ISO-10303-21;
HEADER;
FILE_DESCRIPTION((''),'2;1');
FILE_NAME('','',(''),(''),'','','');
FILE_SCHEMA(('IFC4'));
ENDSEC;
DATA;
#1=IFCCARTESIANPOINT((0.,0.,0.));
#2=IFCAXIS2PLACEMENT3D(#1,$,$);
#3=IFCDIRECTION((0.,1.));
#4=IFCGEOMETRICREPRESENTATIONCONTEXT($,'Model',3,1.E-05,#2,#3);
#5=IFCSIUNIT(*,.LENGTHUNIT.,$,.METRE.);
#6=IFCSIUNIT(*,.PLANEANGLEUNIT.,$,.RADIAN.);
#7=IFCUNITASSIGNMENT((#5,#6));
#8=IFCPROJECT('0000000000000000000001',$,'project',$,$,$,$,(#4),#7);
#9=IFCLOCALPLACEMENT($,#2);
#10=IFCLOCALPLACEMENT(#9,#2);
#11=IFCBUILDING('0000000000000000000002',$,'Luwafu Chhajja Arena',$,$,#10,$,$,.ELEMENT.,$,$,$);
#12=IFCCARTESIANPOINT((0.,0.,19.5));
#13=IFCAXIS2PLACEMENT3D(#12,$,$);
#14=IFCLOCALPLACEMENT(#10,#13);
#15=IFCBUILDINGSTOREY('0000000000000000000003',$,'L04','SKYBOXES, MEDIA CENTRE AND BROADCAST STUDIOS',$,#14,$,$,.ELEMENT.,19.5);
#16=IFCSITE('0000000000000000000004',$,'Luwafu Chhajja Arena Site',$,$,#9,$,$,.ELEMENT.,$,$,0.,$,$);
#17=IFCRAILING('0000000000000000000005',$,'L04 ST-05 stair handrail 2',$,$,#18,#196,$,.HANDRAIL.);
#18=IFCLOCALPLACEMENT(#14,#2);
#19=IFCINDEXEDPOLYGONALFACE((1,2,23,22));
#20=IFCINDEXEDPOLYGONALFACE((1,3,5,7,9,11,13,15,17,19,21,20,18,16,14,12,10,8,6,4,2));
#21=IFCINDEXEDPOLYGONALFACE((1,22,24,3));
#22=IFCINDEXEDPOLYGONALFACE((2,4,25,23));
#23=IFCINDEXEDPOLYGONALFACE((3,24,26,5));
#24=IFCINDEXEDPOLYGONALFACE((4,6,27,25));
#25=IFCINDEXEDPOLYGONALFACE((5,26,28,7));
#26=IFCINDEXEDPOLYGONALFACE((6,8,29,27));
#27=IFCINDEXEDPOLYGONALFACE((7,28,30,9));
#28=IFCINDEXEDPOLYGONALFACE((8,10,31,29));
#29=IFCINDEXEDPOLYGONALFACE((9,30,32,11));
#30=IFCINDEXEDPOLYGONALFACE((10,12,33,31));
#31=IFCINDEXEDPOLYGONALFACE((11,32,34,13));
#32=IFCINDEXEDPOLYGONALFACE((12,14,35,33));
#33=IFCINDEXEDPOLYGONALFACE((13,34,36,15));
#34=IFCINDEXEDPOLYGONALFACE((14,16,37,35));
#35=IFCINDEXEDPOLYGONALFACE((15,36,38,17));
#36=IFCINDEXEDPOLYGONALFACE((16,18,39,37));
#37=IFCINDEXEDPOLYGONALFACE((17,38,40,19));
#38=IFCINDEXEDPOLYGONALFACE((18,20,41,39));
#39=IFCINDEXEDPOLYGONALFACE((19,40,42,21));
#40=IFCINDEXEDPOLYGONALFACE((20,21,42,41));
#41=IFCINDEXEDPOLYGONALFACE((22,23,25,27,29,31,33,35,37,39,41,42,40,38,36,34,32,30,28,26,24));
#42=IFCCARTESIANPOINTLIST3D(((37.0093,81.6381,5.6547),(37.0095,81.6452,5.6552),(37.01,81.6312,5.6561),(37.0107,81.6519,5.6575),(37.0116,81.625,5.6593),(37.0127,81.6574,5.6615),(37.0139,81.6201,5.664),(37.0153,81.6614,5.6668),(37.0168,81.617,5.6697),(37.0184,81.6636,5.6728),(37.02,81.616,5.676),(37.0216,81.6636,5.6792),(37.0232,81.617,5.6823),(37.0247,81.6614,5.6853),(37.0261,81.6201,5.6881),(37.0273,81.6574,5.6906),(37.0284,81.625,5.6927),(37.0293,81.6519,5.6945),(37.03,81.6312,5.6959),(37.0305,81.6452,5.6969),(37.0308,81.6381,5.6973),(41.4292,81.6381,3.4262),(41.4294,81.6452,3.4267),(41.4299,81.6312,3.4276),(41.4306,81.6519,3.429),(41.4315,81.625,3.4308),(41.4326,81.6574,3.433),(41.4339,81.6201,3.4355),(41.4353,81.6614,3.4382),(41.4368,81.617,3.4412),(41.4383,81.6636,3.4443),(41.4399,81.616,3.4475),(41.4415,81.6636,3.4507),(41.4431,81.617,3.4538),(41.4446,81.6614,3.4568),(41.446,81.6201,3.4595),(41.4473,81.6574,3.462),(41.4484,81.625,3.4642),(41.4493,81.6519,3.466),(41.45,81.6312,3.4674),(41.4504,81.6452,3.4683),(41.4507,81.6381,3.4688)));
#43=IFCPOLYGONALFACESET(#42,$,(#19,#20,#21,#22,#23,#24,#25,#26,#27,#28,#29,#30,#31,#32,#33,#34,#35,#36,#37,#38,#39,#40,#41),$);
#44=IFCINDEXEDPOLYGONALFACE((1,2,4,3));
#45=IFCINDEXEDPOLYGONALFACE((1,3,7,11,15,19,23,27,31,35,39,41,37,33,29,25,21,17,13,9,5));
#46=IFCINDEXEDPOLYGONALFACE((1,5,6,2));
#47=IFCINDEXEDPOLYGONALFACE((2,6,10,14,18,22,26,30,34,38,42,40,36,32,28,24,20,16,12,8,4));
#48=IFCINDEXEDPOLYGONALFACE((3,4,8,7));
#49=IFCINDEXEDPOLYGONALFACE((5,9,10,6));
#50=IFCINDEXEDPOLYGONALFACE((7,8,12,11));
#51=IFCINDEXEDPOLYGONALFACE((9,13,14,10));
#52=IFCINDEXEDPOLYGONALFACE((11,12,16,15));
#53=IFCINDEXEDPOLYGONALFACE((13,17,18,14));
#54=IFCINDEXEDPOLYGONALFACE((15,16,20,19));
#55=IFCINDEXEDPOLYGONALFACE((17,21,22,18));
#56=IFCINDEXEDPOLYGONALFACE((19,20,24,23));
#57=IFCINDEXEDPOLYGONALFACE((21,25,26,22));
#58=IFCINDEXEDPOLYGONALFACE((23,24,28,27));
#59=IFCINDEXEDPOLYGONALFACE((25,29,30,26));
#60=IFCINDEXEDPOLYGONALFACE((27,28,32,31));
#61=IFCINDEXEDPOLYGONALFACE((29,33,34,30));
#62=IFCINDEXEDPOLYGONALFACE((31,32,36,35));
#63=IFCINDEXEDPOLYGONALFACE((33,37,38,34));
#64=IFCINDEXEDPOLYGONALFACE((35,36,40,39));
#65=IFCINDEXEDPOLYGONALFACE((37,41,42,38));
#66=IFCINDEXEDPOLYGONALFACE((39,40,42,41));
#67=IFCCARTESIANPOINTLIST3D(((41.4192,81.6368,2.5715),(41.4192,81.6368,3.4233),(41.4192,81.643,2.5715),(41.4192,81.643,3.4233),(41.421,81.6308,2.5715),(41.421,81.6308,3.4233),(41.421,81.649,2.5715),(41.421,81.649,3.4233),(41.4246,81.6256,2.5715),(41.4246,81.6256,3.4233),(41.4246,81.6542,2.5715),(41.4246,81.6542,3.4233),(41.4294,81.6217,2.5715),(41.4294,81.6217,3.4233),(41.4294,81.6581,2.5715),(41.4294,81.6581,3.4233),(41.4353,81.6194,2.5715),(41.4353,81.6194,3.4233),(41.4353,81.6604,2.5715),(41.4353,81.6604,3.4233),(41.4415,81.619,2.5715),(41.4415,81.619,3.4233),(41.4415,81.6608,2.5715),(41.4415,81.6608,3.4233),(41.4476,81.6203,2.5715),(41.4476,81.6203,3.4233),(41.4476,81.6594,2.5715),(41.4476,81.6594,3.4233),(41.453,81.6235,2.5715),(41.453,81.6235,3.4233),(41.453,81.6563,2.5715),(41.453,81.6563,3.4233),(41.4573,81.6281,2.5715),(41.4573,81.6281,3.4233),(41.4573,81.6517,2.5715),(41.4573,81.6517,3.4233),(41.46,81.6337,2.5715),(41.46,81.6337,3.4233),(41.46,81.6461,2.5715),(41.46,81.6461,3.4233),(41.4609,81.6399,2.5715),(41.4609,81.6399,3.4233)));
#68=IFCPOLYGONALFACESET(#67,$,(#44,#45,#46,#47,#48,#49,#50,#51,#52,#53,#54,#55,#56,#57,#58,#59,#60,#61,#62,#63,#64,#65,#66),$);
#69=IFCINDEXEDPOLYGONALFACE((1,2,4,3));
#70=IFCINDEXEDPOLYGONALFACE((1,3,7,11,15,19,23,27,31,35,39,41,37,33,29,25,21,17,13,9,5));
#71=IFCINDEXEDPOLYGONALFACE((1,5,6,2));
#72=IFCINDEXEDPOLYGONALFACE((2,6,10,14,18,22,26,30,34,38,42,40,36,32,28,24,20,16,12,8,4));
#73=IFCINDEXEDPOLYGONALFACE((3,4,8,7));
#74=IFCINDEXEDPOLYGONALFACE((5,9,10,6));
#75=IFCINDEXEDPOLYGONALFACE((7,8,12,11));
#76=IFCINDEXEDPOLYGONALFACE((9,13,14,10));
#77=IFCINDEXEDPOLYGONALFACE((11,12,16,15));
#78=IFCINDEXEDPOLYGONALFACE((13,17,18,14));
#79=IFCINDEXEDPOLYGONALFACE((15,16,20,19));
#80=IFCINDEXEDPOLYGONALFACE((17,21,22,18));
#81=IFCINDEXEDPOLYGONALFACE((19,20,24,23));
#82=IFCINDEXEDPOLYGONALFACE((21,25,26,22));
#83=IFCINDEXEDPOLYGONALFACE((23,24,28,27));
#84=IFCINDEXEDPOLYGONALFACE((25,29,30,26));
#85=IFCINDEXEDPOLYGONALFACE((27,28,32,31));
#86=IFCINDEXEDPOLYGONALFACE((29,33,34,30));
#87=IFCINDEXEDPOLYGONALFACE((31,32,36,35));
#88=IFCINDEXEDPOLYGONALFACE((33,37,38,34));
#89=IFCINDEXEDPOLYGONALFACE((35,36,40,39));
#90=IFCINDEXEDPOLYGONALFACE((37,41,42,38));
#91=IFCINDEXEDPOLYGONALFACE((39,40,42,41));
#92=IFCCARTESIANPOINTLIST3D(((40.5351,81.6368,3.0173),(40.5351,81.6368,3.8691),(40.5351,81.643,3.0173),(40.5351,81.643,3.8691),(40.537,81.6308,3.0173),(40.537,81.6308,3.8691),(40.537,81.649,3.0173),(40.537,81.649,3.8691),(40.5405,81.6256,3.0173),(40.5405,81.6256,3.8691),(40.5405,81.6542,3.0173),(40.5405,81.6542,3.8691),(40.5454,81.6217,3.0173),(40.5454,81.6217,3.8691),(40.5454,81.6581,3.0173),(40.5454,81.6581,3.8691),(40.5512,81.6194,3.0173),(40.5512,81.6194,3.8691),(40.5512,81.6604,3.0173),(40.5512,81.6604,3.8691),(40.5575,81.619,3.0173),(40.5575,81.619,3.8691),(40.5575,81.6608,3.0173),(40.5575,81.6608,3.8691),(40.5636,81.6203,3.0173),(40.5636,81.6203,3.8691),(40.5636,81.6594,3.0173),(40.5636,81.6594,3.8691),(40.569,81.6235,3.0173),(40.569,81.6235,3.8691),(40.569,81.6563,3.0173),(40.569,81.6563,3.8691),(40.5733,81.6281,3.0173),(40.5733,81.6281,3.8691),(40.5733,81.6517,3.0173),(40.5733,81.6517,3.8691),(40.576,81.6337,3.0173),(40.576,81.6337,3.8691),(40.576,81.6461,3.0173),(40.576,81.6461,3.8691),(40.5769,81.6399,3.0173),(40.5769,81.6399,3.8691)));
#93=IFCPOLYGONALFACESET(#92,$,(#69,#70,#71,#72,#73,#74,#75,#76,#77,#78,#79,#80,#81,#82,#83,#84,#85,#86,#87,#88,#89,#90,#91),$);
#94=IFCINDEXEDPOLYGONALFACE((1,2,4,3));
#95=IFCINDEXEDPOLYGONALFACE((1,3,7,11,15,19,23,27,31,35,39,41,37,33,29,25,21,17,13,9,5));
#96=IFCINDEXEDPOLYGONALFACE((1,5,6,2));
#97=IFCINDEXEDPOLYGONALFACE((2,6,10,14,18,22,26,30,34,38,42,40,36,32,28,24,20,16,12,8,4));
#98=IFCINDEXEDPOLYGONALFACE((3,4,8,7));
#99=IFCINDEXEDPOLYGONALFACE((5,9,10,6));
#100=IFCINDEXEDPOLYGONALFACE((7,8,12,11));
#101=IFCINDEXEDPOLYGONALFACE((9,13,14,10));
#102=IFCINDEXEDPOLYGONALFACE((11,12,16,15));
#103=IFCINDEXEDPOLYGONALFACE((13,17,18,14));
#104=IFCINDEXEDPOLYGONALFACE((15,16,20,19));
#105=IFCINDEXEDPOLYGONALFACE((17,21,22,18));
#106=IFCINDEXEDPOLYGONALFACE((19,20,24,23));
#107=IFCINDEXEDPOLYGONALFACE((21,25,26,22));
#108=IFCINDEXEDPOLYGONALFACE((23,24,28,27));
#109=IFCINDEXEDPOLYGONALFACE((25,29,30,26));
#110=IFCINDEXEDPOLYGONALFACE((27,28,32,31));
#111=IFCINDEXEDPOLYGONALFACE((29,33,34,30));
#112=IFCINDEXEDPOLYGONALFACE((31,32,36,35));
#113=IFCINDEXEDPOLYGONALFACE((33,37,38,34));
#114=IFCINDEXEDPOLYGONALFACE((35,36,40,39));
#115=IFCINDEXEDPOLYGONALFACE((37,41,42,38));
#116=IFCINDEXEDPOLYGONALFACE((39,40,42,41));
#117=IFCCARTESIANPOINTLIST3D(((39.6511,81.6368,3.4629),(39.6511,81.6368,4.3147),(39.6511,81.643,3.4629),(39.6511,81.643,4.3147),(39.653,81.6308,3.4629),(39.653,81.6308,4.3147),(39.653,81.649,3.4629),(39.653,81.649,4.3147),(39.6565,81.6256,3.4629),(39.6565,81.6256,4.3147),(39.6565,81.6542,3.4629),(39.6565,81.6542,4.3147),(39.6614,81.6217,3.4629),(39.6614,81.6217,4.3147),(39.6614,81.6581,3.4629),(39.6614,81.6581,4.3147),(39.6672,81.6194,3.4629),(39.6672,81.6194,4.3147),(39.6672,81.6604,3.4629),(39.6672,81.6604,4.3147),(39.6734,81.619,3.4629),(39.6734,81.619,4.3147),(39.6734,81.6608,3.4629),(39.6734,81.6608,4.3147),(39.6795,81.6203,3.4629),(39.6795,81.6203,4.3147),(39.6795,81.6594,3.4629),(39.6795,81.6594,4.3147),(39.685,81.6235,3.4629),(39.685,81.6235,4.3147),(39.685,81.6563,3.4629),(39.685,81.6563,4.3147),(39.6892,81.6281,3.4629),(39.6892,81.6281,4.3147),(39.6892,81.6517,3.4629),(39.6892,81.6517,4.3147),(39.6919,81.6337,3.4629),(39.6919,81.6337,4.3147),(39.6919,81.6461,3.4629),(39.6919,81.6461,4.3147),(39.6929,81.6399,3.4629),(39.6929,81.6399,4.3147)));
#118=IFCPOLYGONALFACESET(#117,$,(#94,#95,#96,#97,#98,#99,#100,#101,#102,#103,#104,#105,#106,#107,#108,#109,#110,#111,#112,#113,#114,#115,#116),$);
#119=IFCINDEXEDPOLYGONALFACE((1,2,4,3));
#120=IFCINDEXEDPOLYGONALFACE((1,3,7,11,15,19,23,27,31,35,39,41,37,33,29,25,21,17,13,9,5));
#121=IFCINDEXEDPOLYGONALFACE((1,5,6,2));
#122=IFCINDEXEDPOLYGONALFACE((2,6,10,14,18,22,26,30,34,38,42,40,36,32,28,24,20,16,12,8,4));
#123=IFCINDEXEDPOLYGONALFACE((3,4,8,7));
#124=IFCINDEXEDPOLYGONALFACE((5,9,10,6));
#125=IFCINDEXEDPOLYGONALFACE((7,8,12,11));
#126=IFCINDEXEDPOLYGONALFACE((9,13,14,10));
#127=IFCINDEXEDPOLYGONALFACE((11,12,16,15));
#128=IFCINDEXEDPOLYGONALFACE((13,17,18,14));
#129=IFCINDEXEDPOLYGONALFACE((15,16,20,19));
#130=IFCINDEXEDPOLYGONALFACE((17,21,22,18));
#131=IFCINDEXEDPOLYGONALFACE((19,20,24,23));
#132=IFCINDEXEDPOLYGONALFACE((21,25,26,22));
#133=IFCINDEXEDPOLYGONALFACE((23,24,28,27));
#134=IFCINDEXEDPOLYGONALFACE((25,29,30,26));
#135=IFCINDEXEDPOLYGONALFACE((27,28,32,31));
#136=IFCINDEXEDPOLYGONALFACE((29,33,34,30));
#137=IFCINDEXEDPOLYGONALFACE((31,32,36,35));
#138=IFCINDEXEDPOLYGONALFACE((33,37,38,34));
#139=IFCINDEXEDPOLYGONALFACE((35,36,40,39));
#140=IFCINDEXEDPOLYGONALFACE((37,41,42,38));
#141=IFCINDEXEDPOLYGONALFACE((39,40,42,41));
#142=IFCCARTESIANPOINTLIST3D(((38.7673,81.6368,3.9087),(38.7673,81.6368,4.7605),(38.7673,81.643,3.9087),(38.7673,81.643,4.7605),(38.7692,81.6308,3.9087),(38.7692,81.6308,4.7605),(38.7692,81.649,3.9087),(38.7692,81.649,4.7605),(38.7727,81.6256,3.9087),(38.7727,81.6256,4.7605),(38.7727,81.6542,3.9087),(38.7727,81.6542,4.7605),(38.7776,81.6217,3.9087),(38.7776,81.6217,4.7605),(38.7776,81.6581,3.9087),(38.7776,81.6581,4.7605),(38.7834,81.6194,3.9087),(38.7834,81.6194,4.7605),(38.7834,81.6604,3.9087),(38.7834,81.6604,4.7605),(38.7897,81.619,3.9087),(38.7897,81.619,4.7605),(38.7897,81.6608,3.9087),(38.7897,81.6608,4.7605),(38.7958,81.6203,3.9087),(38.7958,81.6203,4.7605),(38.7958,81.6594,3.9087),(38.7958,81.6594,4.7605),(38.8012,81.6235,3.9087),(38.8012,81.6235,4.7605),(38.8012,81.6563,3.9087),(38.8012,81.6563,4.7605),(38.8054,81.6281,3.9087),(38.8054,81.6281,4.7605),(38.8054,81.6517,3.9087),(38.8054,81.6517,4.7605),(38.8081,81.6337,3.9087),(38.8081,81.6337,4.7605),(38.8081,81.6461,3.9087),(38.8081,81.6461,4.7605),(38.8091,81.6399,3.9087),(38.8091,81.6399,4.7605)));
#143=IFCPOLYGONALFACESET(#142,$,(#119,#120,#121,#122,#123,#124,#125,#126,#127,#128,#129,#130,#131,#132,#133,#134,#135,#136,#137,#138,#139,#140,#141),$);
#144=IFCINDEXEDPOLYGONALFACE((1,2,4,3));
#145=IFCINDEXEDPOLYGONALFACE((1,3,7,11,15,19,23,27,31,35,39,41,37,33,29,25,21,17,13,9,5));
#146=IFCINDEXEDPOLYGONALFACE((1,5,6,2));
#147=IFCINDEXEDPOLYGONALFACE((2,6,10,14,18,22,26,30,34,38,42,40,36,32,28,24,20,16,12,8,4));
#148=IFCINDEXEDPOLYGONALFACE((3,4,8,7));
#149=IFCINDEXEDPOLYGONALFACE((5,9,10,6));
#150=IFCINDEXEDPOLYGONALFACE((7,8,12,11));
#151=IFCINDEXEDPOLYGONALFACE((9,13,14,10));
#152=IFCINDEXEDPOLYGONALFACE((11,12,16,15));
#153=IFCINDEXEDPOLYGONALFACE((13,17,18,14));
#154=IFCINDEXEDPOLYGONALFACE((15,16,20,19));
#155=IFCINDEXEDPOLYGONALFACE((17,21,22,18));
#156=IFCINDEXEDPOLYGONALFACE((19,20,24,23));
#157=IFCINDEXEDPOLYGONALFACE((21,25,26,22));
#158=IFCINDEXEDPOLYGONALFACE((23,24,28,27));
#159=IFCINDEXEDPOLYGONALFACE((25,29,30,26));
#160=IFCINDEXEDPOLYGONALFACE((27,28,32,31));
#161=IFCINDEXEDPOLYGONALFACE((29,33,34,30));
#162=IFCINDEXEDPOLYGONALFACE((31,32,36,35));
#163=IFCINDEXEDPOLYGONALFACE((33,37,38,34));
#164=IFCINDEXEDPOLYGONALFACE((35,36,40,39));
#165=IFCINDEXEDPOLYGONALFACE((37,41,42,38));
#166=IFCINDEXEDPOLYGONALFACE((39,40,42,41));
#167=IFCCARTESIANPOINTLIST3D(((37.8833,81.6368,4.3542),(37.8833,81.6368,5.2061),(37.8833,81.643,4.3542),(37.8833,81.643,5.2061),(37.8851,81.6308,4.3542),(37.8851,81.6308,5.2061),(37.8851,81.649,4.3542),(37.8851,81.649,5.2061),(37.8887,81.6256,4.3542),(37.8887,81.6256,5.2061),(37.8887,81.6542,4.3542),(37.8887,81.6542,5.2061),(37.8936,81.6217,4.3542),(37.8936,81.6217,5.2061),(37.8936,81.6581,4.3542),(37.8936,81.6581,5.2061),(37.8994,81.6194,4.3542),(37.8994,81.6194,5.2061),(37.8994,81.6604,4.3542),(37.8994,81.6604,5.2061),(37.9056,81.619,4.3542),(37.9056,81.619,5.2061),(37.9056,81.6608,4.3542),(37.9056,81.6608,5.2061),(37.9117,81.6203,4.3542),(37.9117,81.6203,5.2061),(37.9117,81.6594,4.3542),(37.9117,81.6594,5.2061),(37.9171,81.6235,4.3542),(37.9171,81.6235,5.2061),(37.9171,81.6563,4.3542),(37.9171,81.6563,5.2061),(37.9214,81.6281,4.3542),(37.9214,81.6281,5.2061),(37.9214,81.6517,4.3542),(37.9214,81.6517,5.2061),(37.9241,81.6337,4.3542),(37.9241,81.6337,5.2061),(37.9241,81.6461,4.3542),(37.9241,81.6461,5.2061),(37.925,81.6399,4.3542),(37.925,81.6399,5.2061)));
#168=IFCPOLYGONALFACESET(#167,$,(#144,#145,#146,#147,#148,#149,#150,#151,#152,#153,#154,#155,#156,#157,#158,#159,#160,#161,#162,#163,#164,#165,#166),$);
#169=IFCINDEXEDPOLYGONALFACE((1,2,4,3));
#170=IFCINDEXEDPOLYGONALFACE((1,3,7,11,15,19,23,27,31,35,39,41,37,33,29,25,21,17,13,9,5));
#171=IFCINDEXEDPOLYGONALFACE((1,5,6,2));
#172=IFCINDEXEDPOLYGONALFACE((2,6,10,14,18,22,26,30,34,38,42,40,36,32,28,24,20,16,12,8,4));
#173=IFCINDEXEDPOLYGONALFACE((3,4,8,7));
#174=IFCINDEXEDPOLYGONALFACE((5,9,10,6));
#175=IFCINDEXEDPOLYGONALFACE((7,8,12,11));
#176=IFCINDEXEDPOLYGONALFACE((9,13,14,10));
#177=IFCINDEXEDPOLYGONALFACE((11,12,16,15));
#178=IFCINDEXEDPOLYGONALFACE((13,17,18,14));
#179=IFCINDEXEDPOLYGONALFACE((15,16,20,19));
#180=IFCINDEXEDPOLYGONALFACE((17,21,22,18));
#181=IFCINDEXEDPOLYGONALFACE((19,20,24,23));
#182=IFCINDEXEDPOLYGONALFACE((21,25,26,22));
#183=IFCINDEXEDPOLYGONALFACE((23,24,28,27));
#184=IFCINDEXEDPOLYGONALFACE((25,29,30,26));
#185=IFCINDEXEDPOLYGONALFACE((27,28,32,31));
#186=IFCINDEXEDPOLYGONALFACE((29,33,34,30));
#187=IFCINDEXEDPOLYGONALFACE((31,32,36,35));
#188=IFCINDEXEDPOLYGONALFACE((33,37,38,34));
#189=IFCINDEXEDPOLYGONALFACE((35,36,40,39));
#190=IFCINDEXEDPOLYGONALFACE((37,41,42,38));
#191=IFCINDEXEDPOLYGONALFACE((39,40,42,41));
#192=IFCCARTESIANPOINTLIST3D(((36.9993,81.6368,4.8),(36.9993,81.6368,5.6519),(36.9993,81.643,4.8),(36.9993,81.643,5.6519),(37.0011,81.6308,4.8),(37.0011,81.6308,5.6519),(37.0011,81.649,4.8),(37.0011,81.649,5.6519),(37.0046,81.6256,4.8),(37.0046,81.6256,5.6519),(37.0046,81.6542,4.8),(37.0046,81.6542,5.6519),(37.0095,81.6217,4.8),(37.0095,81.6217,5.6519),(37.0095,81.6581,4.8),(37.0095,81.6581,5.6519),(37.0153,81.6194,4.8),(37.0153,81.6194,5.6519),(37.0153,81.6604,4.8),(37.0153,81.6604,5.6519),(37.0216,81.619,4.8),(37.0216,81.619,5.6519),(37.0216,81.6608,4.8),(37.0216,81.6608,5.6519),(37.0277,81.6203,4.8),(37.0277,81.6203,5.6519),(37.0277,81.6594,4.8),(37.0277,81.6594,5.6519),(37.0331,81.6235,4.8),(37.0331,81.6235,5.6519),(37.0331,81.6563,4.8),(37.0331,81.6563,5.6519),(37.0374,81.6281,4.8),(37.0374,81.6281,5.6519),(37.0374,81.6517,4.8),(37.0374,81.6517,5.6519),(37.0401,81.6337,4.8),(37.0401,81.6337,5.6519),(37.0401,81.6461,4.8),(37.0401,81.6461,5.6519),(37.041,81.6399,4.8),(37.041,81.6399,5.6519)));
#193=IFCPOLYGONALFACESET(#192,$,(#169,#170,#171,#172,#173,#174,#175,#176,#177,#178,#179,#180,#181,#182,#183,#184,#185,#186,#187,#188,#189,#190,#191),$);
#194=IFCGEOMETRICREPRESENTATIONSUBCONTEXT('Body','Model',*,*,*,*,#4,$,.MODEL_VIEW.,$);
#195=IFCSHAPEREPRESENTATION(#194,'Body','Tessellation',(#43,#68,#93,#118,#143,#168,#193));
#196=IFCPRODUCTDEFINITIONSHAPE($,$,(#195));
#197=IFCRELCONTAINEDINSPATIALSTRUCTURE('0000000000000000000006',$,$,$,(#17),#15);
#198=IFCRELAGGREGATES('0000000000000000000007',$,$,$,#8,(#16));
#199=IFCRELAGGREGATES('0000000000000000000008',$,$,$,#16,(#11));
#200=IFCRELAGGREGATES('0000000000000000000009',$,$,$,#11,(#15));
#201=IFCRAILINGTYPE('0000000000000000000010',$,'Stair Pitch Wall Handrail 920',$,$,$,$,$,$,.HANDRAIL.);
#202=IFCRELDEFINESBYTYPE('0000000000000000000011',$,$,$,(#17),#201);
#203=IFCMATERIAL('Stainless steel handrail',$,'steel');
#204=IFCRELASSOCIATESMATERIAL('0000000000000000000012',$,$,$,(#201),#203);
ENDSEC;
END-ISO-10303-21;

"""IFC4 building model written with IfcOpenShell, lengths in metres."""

from ifc_helpers import new_model, si_unit, direction, frame, origin, origin_2d, place, context, subcontext, project, spatial, circle, extrude, material, type_object, element, save


model = new_model("IFC4")

# Units and contexts
model_context = context("Model", 3, precision=1e-05, world=origin(), true_north=direction((0.0, 1.0)))
body_context = subcontext(model_context, "Body", "Model", "MODEL_VIEW")
ifc_project = project(units=[si_unit("LENGTHUNIT", "METRE"), si_unit("PLANEANGLEUNIT", "RADIAN")], contexts=[model_context])

# Site, building, storey
site_placement = place(None, origin())
site = spatial("IfcSite", under=ifc_project, at=site_placement, Name="Luwafu Chhajja Arena Site", CompositionType="ELEMENT", RefElevation=0.0)
building_placement = place(site_placement, origin())
building = spatial("IfcBuilding", under=site, at=building_placement, Name="Luwafu Chhajja Arena", CompositionType="ELEMENT")
storey_placement = place(building_placement, frame((0.0, 0.0, 19.5)))
storey = spatial("IfcBuildingStorey", under=building, at=storey_placement, Name="L04", Description="SKYBOXES, MEDIA CENTRE AND BROADCAST STUDIOS", CompositionType="ELEMENT", Elevation=19.5)

# Railing
ifc_material_1 = material(Name="Stainless steel handrail", Category="steel")
railing_type_1 = type_object("IfcRailingType", Name="Stair Pitch Wall Handrail 920", PredefinedType="HANDRAIL", material=ifc_material_1)
railing_1_placement = place(storey_placement, frame((41.4399, 81.6399, 2.5715)))
element("IfcRailing", 1, at=railing_1_placement, inside=storey, type_object=railing_type_1, Name="L04 ST-05 stair handrail 2", PredefinedType="HANDRAIL", context=body_context, shape_type="SweptSolid", body=[
    extrude(circle(Radius=0.0239, at=origin_2d()), frame((0.0, 0.0, 0.876), z_axis=(-0.892923, 0.0, 0.45021), x_axis=(0.0, -1.0, 0.0)), (0.0, 0.0, 1.0), 4.95),
    extrude(circle(Radius=0.021, at=origin_2d()), origin(), (0.0, 0.0, 1.0), 0.8518),
    extrude(circle(Radius=0.021, at=origin_2d()), frame((-0.884, 0.0, 0.4458)), (0.0, 0.0, 1.0), 0.8518),
    extrude(circle(Radius=0.021, at=origin_2d()), frame((-1.7681, 0.0, 0.8914)), (0.0, 0.0, 1.0), 0.8518),
    extrude(circle(Radius=0.021, at=origin_2d()), frame((-2.6519, 0.0, 1.3372)), (0.0, 0.0, 1.0), 0.8518),
    extrude(circle(Radius=0.021, at=origin_2d()), frame((-3.5359, 0.0, 1.7827)), (0.0, 0.0, 1.0), 0.8518),
    extrude(circle(Radius=0.021, at=origin_2d()), frame((-4.4199, 0.0, 2.2285)), (0.0, 0.0, 1.0), 0.8518),
])

save(model, "model.ifc")
